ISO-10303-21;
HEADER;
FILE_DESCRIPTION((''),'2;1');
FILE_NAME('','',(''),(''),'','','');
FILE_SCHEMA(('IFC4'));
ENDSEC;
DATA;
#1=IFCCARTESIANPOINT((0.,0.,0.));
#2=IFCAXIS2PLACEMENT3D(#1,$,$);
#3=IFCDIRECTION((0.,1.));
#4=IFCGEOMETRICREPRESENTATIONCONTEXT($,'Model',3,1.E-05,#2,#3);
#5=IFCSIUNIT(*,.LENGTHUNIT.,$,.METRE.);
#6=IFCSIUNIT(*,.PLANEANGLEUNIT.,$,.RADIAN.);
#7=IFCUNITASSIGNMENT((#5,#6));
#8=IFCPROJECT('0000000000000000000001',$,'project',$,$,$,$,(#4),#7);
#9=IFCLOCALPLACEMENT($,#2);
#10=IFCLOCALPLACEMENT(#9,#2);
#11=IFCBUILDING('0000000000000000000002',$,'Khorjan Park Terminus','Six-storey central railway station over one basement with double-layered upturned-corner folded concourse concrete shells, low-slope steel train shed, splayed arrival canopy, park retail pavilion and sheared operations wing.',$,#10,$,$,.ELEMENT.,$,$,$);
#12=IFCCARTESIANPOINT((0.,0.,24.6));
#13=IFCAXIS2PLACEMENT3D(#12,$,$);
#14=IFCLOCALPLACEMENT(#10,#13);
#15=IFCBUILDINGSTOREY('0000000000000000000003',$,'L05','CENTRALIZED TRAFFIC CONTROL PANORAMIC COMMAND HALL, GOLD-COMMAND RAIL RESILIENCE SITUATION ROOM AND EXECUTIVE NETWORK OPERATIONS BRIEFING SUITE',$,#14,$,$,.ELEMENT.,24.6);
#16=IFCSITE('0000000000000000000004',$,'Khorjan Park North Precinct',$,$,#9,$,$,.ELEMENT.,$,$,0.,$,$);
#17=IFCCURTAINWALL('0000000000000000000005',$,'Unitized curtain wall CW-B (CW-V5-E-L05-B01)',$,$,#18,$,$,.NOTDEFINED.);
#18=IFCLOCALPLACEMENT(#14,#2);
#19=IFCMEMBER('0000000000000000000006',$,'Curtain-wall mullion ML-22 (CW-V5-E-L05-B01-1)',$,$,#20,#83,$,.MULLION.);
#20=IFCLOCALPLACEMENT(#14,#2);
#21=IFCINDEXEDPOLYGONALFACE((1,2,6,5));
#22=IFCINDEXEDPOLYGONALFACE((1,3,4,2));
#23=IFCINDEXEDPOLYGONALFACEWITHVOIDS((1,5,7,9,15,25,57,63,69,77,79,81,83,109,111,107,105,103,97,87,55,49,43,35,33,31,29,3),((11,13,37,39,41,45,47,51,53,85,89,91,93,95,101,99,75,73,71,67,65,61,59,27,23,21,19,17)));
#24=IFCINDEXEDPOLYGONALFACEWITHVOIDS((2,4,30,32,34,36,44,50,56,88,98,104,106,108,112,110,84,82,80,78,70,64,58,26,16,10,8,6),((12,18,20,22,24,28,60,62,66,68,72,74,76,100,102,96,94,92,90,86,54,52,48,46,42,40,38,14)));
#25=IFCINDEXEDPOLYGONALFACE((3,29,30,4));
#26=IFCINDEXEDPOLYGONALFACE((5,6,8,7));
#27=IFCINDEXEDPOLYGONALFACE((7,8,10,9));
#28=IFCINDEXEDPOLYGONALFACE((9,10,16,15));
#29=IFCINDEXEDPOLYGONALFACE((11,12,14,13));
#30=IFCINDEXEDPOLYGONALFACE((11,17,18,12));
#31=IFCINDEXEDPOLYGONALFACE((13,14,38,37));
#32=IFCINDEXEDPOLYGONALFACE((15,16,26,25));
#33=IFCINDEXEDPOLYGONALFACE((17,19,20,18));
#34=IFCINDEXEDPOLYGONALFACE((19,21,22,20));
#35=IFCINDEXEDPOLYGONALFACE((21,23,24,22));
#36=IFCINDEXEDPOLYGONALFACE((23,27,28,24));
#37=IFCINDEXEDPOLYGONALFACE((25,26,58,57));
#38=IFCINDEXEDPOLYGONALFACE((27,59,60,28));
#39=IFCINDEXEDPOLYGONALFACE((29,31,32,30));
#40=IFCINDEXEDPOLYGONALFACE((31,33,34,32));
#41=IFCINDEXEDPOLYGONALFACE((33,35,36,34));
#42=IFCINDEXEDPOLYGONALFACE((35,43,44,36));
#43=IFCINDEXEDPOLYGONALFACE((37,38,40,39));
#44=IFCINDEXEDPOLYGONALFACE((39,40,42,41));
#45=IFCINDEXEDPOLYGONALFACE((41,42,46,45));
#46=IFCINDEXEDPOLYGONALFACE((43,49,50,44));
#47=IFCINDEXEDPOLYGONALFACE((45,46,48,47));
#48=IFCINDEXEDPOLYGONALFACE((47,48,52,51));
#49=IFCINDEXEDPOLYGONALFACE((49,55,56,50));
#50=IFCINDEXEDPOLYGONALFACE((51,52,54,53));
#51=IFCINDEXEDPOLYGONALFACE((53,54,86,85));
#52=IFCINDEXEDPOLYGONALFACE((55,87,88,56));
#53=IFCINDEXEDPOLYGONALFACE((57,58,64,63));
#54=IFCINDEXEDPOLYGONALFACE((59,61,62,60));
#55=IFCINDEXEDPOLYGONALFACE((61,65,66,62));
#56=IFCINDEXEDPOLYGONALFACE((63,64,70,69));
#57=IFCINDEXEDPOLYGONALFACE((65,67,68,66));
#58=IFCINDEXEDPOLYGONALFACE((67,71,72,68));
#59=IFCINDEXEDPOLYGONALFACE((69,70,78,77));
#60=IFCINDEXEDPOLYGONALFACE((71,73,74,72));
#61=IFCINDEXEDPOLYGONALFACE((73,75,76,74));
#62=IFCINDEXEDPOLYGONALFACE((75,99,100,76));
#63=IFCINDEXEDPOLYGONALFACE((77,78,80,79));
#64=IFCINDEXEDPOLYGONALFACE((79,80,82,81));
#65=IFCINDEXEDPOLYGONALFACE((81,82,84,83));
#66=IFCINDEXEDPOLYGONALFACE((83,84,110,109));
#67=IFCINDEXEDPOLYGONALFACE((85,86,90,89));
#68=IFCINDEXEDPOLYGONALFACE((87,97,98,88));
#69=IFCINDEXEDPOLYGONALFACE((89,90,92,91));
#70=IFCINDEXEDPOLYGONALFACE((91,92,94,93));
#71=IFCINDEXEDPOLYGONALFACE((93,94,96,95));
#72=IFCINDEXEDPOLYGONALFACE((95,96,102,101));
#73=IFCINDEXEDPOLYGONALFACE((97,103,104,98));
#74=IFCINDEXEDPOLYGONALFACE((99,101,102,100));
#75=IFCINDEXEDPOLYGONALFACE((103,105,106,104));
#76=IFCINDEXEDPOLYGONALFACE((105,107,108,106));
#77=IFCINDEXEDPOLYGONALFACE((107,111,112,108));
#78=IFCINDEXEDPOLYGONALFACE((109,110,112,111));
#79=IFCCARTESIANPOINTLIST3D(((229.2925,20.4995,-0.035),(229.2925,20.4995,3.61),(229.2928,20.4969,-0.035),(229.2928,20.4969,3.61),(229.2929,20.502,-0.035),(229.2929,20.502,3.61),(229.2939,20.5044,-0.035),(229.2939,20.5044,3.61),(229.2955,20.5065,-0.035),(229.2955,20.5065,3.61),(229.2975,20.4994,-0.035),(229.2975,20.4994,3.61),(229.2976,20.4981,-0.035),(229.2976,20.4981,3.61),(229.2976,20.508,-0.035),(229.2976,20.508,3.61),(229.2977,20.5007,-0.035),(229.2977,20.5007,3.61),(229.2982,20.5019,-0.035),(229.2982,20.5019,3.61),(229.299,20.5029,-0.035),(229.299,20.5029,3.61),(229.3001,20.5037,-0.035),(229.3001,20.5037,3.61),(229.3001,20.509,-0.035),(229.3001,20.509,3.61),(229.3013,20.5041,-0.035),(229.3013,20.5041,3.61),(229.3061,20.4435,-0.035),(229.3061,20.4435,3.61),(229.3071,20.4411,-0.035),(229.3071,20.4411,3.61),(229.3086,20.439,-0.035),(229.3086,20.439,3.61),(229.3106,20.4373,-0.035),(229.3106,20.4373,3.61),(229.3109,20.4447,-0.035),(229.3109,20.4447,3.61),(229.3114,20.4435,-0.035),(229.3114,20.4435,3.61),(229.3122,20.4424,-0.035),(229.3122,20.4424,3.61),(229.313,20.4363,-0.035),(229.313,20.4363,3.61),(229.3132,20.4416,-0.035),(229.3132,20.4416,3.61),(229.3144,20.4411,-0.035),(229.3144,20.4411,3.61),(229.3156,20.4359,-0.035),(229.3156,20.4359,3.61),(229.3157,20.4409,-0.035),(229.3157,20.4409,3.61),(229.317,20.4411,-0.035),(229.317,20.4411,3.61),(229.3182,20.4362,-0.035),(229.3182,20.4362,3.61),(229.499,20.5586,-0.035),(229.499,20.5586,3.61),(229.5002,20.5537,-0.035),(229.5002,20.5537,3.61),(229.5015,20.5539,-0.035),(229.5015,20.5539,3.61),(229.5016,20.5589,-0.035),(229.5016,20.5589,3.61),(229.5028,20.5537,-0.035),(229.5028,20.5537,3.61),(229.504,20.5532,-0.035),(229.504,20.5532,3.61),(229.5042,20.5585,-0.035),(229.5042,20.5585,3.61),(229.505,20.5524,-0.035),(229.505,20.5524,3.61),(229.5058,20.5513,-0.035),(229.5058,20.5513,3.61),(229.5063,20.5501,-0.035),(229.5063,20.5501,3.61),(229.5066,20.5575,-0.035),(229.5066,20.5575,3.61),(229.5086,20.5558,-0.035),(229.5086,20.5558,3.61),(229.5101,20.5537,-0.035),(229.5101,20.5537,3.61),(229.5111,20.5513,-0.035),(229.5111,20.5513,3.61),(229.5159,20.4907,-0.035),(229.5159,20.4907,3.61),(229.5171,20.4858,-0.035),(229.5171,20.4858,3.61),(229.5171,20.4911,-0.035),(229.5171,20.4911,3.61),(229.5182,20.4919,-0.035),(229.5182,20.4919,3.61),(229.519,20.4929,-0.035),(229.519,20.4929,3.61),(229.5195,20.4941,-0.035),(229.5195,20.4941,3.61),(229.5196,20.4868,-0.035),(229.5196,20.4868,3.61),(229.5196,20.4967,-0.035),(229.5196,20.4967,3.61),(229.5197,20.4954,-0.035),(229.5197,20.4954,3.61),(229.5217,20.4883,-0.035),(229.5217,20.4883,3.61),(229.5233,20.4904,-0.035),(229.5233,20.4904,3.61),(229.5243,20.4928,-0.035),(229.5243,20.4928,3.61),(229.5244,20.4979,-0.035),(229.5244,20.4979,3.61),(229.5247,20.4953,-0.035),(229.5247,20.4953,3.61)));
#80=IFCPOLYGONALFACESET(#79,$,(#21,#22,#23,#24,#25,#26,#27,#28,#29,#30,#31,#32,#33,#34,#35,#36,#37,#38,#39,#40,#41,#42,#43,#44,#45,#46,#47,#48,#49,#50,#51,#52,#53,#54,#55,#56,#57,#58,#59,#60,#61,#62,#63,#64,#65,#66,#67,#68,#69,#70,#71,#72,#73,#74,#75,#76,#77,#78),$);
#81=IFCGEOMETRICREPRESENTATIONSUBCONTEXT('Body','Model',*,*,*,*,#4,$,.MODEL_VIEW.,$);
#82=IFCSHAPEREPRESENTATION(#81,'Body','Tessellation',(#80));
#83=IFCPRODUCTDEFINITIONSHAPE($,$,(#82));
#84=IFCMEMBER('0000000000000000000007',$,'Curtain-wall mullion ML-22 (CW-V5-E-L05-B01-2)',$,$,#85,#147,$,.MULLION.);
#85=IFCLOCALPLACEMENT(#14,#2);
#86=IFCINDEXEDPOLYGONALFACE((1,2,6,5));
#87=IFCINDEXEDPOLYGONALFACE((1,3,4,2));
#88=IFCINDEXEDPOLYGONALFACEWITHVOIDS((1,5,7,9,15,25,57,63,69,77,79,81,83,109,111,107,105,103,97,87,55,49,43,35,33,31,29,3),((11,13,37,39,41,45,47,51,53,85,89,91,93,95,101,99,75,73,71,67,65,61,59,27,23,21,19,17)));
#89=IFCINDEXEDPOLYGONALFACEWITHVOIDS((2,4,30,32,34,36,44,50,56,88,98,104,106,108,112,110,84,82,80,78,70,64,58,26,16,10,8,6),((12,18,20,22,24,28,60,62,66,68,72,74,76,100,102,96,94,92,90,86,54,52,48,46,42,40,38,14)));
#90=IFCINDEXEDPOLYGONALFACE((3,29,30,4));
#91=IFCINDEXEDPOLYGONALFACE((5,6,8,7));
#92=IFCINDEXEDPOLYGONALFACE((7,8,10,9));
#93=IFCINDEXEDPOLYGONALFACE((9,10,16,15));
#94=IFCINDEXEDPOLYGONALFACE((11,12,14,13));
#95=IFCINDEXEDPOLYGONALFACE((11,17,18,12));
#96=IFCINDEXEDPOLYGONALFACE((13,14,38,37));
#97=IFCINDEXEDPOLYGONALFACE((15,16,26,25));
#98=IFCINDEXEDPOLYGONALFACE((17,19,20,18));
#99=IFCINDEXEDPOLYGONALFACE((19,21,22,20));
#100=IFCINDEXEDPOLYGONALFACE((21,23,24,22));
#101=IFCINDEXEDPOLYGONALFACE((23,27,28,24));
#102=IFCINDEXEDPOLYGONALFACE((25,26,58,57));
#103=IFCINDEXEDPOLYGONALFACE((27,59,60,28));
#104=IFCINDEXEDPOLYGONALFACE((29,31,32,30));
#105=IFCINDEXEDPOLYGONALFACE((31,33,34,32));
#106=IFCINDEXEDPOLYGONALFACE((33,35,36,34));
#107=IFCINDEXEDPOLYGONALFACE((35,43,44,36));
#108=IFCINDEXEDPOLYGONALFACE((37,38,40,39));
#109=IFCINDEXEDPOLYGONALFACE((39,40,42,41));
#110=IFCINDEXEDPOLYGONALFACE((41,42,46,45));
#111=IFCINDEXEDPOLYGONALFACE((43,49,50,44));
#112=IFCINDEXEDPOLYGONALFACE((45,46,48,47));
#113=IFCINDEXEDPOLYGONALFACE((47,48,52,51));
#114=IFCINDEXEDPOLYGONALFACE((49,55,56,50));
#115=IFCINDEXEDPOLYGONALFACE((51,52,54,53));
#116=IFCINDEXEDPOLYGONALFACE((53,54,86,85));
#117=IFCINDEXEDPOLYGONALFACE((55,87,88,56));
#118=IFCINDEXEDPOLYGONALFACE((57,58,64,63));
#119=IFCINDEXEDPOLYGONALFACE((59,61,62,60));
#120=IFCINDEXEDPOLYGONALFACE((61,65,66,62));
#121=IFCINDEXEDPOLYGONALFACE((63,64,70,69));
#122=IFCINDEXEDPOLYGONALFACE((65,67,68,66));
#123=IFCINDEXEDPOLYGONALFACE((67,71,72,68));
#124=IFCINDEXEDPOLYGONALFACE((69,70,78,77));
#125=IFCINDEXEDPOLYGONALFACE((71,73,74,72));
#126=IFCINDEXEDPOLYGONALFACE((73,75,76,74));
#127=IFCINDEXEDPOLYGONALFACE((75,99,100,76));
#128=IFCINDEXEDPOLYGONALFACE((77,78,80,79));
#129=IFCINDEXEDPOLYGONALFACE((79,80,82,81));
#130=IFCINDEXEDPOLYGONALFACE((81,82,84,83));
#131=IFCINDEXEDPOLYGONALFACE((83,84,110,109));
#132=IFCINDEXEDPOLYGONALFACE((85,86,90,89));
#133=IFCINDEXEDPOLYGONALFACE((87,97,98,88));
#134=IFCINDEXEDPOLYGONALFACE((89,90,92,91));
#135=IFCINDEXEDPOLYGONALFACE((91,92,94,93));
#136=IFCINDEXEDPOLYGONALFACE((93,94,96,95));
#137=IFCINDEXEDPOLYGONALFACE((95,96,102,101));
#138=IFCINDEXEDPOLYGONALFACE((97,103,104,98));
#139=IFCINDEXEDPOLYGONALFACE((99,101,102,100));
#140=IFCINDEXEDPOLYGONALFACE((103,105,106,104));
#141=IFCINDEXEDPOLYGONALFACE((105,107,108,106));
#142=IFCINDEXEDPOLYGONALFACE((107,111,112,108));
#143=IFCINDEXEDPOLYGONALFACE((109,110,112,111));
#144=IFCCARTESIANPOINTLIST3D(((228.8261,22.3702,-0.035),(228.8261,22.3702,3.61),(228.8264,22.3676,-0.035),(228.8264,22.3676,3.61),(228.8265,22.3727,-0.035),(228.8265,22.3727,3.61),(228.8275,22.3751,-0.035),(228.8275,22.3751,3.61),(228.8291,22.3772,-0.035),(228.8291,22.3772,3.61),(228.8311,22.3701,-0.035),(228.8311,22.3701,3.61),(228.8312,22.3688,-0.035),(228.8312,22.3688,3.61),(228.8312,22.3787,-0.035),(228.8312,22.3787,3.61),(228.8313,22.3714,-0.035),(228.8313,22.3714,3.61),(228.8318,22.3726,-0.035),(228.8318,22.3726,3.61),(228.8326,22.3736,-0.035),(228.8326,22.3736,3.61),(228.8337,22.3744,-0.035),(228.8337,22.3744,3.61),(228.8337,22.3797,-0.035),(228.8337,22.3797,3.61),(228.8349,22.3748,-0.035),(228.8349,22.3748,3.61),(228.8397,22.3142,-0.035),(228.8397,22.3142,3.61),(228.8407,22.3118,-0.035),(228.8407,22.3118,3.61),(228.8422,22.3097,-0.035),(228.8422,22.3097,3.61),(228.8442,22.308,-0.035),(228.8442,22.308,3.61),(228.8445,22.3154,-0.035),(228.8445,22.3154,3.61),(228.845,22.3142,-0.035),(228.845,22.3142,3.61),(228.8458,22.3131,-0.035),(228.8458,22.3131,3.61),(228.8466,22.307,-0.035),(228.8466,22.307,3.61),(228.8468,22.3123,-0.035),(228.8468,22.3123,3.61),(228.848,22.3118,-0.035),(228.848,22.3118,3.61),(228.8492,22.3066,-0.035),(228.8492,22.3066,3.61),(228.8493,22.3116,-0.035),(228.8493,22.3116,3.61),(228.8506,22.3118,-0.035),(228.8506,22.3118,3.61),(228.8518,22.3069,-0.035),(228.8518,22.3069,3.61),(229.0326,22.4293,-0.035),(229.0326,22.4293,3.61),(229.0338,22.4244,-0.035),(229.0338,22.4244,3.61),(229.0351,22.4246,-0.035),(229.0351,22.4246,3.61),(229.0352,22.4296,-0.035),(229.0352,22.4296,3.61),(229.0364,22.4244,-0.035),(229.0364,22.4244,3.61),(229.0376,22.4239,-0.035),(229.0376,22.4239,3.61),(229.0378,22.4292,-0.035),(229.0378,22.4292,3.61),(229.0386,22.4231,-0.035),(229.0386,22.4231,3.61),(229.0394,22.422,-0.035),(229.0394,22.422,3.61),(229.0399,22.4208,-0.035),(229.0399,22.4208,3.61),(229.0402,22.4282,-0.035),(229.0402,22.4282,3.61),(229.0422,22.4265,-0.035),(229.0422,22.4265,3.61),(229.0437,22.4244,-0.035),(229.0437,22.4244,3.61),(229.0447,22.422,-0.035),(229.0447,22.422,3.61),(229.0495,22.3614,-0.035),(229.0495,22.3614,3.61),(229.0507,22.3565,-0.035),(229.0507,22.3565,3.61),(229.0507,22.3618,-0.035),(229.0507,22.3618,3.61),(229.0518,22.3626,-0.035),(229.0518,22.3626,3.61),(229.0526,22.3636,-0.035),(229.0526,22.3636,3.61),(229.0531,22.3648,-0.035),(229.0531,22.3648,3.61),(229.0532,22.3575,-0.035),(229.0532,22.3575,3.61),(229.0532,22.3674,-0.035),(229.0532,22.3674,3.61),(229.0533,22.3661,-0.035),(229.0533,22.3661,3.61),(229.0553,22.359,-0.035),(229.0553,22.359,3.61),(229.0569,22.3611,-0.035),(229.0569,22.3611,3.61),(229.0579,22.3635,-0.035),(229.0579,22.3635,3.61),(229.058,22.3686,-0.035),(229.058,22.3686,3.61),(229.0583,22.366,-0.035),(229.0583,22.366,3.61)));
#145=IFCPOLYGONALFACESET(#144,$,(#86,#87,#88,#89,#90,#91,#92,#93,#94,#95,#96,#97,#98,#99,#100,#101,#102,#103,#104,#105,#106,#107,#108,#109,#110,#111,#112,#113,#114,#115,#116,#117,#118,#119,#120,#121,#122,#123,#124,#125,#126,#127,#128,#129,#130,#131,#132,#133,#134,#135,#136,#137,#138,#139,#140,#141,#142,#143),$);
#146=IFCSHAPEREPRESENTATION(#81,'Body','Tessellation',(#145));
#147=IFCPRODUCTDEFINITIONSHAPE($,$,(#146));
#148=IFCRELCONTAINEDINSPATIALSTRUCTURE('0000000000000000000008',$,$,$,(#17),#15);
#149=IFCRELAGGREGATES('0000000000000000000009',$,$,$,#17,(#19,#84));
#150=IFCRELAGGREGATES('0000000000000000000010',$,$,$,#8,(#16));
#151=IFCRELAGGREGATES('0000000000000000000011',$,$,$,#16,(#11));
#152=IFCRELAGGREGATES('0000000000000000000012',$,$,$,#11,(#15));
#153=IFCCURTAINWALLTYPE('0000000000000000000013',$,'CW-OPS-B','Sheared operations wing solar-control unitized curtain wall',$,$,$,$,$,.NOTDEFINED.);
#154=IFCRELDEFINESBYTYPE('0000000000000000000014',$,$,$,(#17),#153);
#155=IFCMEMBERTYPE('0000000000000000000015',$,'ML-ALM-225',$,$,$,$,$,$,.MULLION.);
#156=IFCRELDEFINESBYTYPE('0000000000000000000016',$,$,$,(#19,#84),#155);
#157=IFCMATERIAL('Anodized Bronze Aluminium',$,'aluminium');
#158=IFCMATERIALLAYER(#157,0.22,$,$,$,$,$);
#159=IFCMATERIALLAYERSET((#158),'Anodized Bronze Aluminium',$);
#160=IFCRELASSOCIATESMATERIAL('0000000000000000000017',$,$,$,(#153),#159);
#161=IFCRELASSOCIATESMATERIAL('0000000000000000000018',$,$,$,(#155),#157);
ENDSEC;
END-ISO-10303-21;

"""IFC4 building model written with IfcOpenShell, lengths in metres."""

from ifc_helpers import new_model, si_unit, direction, frame, origin, origin_2d, place, context, subcontext, project, spatial, hollow_rectangle, extrude, material, layer, layer_set, material_profile, profile_set, type_object, element, aggregate, save


model = new_model("IFC4")

# Units and contexts
model_context = context("Model", 3, precision=1e-05, world=origin(), true_north=direction((0.0, 1.0)))
body_context = subcontext(model_context, "Body", "Model", "MODEL_VIEW")
ifc_project = project(units=[si_unit("LENGTHUNIT", "METRE"), si_unit("PLANEANGLEUNIT", "RADIAN")], contexts=[model_context])

# Site, building, storey
site_placement = place(None, origin())
site = spatial("IfcSite", under=ifc_project, at=site_placement, Name="Khorjan Park North Precinct", CompositionType="ELEMENT", RefElevation=0.0)
building_placement = place(site_placement, origin())
building = spatial("IfcBuilding", under=site, at=building_placement, Name="Khorjan Park Terminus", Description="Six-storey central railway station over one basement with double-layered upturned-corner folded concourse concrete shells, low-slope steel train shed, splayed arrival canopy, park retail pavilion and sheared operations wing.", CompositionType="ELEMENT")
storey_placement = place(building_placement, frame((0.0, 0.0, 24.6)))
storey = spatial("IfcBuildingStorey", under=building, at=storey_placement, Name="L05", Description="CENTRALIZED TRAFFIC CONTROL PANORAMIC COMMAND HALL, GOLD-COMMAND RAIL RESILIENCE SITUATION ROOM AND EXECUTIVE NETWORK OPERATIONS BRIEFING SUITE", CompositionType="ELEMENT", Elevation=24.6)

# Curtain wall, members
ifc_material_1 = material(Name="Anodized Bronze Aluminium", Category="aluminium")
ifc_layer_1 = layer(ifc_material_1, 0.22)
ifc_layer_set_1 = layer_set([ifc_layer_1], Name="Anodized Bronze Aluminium")
curtain_wall_type = type_object("IfcCurtainWallType", Name="CW-OPS-B", Description="Sheared operations wing solar-control unitized curtain wall", PredefinedType="NOTDEFINED", material=ifc_layer_set_1)
curtain_wall_placement = place(storey_placement, origin())
curtain_wall = element("IfcCurtainWall", 1, at=curtain_wall_placement, inside=storey, type_object=curtain_wall_type, Name="Unitized curtain wall CW-B (CW-V5-E-L05-B01)", PredefinedType="NOTDEFINED")
ifc_material_profile_1 = material_profile(ifc_material_1, hollow_rectangle(XDim=0.075, YDim=0.225, WallThickness=0.005, InnerFilletRadius=0.005, OuterFilletRadius=0.01, at=origin_2d()), Name="ALM 75x225x5")
ifc_profile_set_1 = profile_set([ifc_material_profile_1], Name="Anodized Bronze Aluminium")
member_type_1 = type_object("IfcMemberType", Name="ML-ALM-225", PredefinedType="MULLION", material=ifc_profile_set_1)
member_1_placement = place(storey_placement, frame((229.4086, 20.4974, -0.035), z_axis=(0.0, 0.0, 1.0), x_axis=(-0.24192, 0.970296, 0.0)))
member_1 = element("IfcMember", 2, at=member_1_placement, type_object=member_type_1, Name="Curtain-wall mullion ML-22 (CW-V5-E-L05-B01-1)", PredefinedType="MULLION", context=body_context, shape_type="SweptSolid", body=[
    extrude(hollow_rectangle(XDim=0.075, YDim=0.225, WallThickness=0.005, InnerFilletRadius=0.005, OuterFilletRadius=0.01, at=origin_2d()), origin(), (0.0, 0.0, 1.0), 3.645),
])
member_2_placement = place(storey_placement, frame((228.9422, 22.3681, -0.035), z_axis=(0.0, 0.0, 1.0), x_axis=(-0.24192, 0.970296, 0.0)))
member_2 = element("IfcMember", 3, at=member_2_placement, type_object=member_type_1, Name="Curtain-wall mullion ML-22 (CW-V5-E-L05-B01-2)", PredefinedType="MULLION", context=body_context, shape_type="SweptSolid", body=[
    extrude(hollow_rectangle(XDim=0.075, YDim=0.225, WallThickness=0.005, InnerFilletRadius=0.005, OuterFilletRadius=0.01, at=origin_2d()), origin(), (0.0, 0.0, 1.0), 3.645),
])
aggregate(curtain_wall, [member_1, member_2])

save(model, "model.ifc")
